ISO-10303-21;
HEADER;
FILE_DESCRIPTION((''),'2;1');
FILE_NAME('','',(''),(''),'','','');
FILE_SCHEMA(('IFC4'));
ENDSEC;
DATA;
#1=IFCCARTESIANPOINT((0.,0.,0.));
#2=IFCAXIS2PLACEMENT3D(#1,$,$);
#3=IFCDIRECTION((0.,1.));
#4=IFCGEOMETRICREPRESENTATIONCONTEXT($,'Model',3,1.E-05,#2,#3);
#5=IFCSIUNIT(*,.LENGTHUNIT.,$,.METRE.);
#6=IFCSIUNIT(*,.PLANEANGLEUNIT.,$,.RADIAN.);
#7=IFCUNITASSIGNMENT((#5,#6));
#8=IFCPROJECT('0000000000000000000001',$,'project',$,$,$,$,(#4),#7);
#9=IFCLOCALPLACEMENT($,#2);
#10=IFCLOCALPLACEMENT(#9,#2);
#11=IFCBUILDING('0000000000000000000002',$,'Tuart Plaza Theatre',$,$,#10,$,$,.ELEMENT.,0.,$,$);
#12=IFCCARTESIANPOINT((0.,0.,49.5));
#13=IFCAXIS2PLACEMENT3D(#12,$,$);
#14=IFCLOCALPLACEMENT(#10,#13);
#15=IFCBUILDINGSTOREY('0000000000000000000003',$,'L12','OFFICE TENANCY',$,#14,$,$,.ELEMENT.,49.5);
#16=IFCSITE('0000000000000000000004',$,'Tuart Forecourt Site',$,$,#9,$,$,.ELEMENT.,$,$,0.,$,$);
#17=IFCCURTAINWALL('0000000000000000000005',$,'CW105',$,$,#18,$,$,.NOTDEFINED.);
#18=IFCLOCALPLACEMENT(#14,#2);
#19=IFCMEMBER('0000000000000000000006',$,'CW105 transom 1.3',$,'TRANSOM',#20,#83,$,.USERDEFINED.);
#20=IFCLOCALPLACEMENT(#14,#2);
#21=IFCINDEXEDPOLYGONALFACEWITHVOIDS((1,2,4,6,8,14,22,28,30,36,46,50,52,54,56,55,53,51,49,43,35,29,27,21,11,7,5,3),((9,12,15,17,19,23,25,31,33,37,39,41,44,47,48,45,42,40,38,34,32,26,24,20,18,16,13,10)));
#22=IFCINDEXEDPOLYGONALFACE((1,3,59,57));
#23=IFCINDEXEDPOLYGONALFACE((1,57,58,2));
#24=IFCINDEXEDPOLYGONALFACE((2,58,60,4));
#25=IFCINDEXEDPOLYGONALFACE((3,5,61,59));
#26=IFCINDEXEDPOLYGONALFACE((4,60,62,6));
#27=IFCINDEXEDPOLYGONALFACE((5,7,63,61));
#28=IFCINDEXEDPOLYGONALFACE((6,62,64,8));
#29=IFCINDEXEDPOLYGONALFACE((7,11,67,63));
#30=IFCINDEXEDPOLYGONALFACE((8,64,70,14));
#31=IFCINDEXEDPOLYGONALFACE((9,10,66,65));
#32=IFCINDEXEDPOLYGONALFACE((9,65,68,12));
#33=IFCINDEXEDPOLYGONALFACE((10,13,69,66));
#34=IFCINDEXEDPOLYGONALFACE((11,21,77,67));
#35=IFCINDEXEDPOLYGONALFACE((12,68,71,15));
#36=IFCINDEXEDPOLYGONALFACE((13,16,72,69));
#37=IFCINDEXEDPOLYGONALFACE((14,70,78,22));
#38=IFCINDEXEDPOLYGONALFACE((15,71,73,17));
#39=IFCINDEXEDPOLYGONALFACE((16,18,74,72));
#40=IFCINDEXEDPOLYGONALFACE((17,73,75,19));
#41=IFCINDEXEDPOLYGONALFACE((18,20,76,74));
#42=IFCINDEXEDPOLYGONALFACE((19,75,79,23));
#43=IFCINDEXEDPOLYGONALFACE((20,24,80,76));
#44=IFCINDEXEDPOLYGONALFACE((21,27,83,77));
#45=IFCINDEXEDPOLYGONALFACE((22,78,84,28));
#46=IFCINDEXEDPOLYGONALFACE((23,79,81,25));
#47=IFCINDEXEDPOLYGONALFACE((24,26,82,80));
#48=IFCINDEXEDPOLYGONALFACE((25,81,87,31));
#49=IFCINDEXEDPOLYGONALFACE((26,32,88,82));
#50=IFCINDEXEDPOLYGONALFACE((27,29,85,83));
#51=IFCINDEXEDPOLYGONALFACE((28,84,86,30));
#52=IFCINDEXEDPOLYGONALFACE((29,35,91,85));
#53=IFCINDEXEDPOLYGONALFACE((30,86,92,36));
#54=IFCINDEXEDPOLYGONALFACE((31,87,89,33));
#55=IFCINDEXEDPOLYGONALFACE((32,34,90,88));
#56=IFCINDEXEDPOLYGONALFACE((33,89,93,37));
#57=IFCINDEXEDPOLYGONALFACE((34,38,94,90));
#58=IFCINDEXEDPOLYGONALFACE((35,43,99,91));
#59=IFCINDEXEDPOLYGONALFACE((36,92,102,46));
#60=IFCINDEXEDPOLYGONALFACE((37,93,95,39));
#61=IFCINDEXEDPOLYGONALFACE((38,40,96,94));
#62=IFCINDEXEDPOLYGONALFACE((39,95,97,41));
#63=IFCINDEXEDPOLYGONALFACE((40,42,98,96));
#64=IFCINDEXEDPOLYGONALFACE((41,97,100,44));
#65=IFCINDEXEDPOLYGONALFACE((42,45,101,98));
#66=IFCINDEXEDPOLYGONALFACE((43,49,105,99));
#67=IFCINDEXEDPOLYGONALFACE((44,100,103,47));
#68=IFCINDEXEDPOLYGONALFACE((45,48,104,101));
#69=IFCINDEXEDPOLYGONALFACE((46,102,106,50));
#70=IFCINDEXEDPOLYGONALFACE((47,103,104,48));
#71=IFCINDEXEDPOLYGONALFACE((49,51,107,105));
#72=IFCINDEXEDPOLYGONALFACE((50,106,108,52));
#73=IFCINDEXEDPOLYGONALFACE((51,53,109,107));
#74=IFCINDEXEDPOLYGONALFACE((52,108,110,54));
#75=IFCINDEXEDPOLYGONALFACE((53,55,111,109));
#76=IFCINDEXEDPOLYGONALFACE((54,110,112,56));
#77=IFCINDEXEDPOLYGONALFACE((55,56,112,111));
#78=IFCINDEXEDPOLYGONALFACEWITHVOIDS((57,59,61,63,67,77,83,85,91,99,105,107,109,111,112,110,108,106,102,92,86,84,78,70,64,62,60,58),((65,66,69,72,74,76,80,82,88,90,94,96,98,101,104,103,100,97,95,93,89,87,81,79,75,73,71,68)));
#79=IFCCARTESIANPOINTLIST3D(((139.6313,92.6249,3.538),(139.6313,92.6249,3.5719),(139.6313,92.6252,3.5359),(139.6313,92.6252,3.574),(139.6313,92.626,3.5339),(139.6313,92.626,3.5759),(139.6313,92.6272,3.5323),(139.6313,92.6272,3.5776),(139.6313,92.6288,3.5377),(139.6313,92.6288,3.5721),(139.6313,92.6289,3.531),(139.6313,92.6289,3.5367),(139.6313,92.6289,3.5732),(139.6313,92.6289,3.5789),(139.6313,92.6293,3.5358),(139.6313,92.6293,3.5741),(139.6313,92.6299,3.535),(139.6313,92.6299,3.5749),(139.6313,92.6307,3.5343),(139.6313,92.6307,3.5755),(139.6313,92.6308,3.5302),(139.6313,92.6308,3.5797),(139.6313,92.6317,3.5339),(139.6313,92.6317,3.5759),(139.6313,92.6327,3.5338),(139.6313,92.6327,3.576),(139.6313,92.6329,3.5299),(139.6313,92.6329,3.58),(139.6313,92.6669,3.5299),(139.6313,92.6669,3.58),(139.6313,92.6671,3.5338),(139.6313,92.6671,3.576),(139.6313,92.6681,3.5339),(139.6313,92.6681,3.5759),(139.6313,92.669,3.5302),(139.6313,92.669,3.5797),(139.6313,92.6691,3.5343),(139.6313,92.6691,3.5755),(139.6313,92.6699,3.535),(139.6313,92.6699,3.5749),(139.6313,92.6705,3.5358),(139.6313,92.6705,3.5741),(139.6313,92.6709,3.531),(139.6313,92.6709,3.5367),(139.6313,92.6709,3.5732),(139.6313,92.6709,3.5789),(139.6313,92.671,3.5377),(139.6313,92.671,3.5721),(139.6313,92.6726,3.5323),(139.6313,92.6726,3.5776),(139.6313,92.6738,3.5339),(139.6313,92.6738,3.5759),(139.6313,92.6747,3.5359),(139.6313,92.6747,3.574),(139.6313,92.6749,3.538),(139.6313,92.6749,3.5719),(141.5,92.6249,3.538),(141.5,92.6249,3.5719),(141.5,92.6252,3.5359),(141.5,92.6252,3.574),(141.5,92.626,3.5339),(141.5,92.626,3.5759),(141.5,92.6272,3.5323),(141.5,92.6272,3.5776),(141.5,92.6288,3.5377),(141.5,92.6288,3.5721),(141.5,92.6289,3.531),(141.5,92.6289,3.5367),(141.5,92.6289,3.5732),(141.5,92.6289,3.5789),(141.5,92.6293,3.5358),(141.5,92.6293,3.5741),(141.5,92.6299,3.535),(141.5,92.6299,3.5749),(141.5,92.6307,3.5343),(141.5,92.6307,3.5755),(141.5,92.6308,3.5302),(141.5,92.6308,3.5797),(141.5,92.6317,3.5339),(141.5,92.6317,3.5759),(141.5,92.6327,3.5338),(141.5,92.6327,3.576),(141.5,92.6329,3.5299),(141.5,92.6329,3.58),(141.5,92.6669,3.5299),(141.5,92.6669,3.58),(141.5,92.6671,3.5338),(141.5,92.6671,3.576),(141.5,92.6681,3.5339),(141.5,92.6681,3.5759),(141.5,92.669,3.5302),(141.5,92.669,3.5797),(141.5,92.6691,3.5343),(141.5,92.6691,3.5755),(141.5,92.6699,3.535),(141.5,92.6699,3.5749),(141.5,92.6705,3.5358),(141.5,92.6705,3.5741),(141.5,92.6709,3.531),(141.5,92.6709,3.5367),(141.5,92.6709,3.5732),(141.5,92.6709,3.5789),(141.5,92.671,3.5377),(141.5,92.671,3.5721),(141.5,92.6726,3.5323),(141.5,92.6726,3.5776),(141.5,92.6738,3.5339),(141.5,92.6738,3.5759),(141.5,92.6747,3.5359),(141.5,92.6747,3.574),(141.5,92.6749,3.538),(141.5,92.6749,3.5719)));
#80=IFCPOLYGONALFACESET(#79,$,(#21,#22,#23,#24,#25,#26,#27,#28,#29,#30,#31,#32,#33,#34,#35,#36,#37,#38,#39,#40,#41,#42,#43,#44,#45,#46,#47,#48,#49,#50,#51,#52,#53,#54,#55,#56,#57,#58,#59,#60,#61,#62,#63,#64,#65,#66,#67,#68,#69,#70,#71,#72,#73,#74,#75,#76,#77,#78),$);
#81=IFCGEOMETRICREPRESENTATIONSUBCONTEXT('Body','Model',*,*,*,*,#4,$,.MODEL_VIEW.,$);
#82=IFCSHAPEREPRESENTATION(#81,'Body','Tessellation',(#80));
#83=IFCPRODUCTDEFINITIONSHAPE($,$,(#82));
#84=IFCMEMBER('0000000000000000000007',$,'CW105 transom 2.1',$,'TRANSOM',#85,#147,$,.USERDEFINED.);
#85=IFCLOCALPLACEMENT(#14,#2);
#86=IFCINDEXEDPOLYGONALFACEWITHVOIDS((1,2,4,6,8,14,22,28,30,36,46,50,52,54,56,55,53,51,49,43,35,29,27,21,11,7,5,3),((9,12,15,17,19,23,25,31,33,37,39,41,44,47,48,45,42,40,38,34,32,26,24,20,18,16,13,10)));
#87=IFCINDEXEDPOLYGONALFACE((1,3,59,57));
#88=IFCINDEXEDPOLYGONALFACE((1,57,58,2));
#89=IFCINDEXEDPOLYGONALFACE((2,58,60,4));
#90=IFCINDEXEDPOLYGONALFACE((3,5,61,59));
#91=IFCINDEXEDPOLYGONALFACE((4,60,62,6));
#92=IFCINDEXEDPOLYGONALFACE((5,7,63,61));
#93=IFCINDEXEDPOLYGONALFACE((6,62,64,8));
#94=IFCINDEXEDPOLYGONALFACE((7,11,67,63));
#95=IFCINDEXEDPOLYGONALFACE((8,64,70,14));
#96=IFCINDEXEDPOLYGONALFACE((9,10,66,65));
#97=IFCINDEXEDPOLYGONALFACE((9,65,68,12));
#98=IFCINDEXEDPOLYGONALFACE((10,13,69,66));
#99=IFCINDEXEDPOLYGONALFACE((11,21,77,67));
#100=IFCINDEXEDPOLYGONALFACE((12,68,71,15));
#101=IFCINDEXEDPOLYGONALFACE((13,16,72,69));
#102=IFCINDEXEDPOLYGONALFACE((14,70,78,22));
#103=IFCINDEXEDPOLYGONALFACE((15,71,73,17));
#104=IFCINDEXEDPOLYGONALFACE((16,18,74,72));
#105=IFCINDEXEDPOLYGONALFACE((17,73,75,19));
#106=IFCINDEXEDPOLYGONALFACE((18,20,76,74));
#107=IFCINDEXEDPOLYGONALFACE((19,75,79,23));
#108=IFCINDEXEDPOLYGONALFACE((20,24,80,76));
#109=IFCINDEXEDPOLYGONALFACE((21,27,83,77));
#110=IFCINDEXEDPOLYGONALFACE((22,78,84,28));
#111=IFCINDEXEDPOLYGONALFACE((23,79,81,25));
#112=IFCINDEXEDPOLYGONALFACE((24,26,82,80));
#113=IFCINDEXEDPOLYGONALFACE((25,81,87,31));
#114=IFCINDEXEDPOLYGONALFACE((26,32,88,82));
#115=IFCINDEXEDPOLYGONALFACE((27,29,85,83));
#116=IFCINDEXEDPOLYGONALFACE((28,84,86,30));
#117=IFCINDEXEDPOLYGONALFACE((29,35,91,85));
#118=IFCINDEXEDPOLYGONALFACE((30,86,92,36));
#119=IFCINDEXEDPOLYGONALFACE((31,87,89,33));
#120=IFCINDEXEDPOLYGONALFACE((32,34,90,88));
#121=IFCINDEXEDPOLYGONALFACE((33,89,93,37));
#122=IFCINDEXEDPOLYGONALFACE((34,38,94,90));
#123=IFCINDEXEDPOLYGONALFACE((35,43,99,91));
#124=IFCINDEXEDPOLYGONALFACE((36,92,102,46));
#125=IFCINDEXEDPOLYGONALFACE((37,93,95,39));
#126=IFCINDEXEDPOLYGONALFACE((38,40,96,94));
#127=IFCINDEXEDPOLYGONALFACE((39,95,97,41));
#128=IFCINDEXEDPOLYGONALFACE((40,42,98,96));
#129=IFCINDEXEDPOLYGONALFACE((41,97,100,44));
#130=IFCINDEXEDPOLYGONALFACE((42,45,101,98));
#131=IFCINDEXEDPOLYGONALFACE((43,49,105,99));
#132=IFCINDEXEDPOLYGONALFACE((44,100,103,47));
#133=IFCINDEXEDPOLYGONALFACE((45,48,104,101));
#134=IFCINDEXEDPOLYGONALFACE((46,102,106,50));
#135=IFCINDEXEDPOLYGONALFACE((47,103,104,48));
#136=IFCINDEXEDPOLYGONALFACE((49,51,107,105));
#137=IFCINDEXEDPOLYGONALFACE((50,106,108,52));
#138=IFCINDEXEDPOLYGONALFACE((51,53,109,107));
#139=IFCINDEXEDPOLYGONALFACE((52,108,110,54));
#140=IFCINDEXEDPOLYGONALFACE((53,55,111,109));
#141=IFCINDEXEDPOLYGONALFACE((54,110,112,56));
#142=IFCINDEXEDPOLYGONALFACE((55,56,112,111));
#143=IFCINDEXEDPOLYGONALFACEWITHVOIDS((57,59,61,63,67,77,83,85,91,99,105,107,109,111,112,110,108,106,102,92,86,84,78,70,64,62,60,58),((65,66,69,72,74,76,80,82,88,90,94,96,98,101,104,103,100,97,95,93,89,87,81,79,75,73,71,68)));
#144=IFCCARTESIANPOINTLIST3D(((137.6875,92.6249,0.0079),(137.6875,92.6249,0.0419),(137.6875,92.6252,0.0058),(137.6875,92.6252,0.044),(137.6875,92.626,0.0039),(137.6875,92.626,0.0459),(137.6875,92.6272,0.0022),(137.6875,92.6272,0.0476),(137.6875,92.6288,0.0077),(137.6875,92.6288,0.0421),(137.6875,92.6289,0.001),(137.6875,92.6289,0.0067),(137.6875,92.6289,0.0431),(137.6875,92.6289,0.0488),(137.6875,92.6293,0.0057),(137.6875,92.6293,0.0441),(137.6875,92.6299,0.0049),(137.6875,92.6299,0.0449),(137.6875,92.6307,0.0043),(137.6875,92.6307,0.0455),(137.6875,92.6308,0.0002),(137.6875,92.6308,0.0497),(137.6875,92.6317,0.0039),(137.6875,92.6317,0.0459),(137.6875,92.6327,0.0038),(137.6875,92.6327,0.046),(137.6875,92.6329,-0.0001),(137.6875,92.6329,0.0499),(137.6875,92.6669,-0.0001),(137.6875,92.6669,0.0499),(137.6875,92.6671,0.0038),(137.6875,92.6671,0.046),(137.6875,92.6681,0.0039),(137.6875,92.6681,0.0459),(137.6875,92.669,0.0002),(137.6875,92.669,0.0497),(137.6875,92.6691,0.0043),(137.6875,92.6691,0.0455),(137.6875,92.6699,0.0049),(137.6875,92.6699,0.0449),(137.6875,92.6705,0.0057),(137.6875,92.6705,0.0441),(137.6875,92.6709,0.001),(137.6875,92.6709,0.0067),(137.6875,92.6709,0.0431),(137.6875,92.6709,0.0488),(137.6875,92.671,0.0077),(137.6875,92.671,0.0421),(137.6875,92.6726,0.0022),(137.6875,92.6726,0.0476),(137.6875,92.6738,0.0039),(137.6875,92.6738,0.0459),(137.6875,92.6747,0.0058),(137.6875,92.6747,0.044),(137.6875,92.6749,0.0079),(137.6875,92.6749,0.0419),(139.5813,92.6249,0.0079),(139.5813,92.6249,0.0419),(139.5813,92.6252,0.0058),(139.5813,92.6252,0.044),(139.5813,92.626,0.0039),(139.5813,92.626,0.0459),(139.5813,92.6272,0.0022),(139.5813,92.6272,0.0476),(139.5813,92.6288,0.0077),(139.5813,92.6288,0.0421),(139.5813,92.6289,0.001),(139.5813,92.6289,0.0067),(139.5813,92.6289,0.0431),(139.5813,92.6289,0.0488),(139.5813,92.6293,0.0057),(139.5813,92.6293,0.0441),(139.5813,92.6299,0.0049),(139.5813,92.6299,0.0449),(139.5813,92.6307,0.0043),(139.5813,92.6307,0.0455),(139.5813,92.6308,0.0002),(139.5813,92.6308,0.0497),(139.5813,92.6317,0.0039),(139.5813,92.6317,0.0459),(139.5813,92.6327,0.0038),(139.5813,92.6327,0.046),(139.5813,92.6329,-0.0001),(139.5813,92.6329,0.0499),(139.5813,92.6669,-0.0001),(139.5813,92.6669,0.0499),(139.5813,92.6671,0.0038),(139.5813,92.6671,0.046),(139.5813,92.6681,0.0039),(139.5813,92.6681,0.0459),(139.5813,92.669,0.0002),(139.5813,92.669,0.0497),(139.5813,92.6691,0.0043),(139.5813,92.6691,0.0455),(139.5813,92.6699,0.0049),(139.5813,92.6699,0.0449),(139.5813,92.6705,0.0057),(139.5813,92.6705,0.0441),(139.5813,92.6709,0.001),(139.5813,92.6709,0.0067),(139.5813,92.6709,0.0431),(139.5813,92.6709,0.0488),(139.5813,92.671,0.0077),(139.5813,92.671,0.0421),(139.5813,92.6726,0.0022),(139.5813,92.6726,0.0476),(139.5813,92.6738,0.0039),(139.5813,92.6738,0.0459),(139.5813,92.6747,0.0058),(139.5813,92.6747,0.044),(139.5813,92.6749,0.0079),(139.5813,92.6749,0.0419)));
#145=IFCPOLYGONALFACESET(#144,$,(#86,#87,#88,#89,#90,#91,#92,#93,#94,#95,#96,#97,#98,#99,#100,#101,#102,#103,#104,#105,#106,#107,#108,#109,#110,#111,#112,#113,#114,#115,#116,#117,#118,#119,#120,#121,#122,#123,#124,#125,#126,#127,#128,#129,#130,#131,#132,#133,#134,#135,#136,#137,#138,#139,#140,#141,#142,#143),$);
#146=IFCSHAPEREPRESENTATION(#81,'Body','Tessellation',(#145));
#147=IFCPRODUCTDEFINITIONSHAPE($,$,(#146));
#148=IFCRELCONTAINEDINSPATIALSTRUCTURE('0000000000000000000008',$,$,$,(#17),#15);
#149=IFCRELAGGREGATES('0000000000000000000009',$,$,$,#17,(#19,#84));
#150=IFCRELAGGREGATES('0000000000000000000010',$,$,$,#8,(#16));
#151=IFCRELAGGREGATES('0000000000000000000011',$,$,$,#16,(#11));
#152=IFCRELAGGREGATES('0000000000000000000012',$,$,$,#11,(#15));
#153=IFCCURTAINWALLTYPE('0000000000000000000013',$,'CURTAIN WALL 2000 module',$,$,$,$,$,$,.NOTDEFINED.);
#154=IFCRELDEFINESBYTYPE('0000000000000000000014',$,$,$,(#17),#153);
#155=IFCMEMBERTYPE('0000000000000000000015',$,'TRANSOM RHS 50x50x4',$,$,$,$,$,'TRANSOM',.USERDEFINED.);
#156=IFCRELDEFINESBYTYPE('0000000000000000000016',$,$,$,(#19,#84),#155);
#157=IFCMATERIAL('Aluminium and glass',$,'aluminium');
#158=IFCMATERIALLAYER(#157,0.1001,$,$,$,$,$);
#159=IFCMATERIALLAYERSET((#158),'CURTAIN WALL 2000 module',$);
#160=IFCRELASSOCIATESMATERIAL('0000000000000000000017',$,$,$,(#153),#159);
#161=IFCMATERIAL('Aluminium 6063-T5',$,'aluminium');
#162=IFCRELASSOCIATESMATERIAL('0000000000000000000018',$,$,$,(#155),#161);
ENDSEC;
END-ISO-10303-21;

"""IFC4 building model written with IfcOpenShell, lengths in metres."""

from ifc_helpers import new_model, si_unit, direction, frame, origin, origin_2d, place, context, subcontext, project, spatial, hollow_rectangle, extrude, material, layer, layer_set, material_profile, profile_set, type_object, element, aggregate, save


model = new_model("IFC4")

# Units and contexts
model_context = context("Model", 3, precision=1e-05, world=origin(), true_north=direction((0.0, 1.0)))
body_context = subcontext(model_context, "Body", "Model", "MODEL_VIEW")
ifc_project = project(units=[si_unit("LENGTHUNIT", "METRE"), si_unit("PLANEANGLEUNIT", "RADIAN")], contexts=[model_context])

# Site, building, storey
site_placement = place(None, origin())
site = spatial("IfcSite", under=ifc_project, at=site_placement, Name="Tuart Forecourt Site", CompositionType="ELEMENT", RefElevation=0.0)
building_placement = place(site_placement, origin())
building = spatial("IfcBuilding", under=site, at=building_placement, Name="Tuart Plaza Theatre", CompositionType="ELEMENT", ElevationOfRefHeight=0.0)
storey_placement = place(building_placement, frame((0.0, 0.0, 49.5)))
storey = spatial("IfcBuildingStorey", under=building, at=storey_placement, Name="L12", Description="OFFICE TENANCY", CompositionType="ELEMENT", Elevation=49.5)

# Shared definitions
ifc_material_1 = material(Name="Aluminium and glass", Category="aluminium")
ifc_layer_1 = layer(ifc_material_1, 0.1001)
ifc_layer_set_1 = layer_set([ifc_layer_1], Name="CURTAIN WALL 2000 module")
curtain_wall_type = type_object("IfcCurtainWallType", Name="CURTAIN WALL 2000 module", PredefinedType="NOTDEFINED", material=ifc_layer_set_1)

# Curtain wall, members
curtain_wall_1_placement = place(storey_placement, origin())
curtain_wall_1 = element("IfcCurtainWall", 1, at=curtain_wall_1_placement, inside=storey, type_object=curtain_wall_type, Name="CW105", PredefinedType="NOTDEFINED")
ifc_material_2 = material(Name="Aluminium 6063-T5", Category="aluminium")
ifc_material_profile_1 = material_profile(ifc_material_2, hollow_rectangle(XDim=0.05, YDim=0.05, WallThickness=0.0039, InnerFilletRadius=0.0039, OuterFilletRadius=0.0081, at=origin_2d()), Name="RHS 50x50x4")
ifc_profile_set_1 = profile_set([ifc_material_profile_1], Name="Aluminium 6063-T5")
member_type_1 = type_object("IfcMemberType", Name="TRANSOM RHS 50x50x4", ElementType="TRANSOM", PredefinedType="USERDEFINED", material=ifc_profile_set_1)
member_1_placement = place(storey_placement, frame((141.5, 92.6499, 3.5549), z_axis=(-1.0, 0.0, 0.0), x_axis=(0.0, -1.0, 0.0)))
member_1 = element("IfcMember", 2, at=member_1_placement, type_object=member_type_1, Name="CW105 transom 1.3", ObjectType="TRANSOM", PredefinedType="USERDEFINED", context=body_context, shape_type="SweptSolid", body=[
    extrude(hollow_rectangle(XDim=0.05, YDim=0.05, WallThickness=0.0039, InnerFilletRadius=0.0039, OuterFilletRadius=0.0081, at=origin_2d()), origin(), (0.0, 0.0, 1.0), 1.8687),
])
member_2_placement = place(storey_placement, frame((139.5813, 92.6499, 0.0249), z_axis=(-1.0, 0.0, 0.0), x_axis=(0.0, -1.0, 0.0)))
member_2 = element("IfcMember", 3, at=member_2_placement, type_object=member_type_1, Name="CW105 transom 2.1", ObjectType="TRANSOM", PredefinedType="USERDEFINED", context=body_context, shape_type="SweptSolid", body=[
    extrude(hollow_rectangle(XDim=0.05, YDim=0.05, WallThickness=0.0039, InnerFilletRadius=0.0039, OuterFilletRadius=0.0081, at=origin_2d()), origin(), (0.0, 0.0, 1.0), 1.8938),
])
aggregate(curtain_wall_1, [member_1, member_2])

save(model, "model.ifc")
